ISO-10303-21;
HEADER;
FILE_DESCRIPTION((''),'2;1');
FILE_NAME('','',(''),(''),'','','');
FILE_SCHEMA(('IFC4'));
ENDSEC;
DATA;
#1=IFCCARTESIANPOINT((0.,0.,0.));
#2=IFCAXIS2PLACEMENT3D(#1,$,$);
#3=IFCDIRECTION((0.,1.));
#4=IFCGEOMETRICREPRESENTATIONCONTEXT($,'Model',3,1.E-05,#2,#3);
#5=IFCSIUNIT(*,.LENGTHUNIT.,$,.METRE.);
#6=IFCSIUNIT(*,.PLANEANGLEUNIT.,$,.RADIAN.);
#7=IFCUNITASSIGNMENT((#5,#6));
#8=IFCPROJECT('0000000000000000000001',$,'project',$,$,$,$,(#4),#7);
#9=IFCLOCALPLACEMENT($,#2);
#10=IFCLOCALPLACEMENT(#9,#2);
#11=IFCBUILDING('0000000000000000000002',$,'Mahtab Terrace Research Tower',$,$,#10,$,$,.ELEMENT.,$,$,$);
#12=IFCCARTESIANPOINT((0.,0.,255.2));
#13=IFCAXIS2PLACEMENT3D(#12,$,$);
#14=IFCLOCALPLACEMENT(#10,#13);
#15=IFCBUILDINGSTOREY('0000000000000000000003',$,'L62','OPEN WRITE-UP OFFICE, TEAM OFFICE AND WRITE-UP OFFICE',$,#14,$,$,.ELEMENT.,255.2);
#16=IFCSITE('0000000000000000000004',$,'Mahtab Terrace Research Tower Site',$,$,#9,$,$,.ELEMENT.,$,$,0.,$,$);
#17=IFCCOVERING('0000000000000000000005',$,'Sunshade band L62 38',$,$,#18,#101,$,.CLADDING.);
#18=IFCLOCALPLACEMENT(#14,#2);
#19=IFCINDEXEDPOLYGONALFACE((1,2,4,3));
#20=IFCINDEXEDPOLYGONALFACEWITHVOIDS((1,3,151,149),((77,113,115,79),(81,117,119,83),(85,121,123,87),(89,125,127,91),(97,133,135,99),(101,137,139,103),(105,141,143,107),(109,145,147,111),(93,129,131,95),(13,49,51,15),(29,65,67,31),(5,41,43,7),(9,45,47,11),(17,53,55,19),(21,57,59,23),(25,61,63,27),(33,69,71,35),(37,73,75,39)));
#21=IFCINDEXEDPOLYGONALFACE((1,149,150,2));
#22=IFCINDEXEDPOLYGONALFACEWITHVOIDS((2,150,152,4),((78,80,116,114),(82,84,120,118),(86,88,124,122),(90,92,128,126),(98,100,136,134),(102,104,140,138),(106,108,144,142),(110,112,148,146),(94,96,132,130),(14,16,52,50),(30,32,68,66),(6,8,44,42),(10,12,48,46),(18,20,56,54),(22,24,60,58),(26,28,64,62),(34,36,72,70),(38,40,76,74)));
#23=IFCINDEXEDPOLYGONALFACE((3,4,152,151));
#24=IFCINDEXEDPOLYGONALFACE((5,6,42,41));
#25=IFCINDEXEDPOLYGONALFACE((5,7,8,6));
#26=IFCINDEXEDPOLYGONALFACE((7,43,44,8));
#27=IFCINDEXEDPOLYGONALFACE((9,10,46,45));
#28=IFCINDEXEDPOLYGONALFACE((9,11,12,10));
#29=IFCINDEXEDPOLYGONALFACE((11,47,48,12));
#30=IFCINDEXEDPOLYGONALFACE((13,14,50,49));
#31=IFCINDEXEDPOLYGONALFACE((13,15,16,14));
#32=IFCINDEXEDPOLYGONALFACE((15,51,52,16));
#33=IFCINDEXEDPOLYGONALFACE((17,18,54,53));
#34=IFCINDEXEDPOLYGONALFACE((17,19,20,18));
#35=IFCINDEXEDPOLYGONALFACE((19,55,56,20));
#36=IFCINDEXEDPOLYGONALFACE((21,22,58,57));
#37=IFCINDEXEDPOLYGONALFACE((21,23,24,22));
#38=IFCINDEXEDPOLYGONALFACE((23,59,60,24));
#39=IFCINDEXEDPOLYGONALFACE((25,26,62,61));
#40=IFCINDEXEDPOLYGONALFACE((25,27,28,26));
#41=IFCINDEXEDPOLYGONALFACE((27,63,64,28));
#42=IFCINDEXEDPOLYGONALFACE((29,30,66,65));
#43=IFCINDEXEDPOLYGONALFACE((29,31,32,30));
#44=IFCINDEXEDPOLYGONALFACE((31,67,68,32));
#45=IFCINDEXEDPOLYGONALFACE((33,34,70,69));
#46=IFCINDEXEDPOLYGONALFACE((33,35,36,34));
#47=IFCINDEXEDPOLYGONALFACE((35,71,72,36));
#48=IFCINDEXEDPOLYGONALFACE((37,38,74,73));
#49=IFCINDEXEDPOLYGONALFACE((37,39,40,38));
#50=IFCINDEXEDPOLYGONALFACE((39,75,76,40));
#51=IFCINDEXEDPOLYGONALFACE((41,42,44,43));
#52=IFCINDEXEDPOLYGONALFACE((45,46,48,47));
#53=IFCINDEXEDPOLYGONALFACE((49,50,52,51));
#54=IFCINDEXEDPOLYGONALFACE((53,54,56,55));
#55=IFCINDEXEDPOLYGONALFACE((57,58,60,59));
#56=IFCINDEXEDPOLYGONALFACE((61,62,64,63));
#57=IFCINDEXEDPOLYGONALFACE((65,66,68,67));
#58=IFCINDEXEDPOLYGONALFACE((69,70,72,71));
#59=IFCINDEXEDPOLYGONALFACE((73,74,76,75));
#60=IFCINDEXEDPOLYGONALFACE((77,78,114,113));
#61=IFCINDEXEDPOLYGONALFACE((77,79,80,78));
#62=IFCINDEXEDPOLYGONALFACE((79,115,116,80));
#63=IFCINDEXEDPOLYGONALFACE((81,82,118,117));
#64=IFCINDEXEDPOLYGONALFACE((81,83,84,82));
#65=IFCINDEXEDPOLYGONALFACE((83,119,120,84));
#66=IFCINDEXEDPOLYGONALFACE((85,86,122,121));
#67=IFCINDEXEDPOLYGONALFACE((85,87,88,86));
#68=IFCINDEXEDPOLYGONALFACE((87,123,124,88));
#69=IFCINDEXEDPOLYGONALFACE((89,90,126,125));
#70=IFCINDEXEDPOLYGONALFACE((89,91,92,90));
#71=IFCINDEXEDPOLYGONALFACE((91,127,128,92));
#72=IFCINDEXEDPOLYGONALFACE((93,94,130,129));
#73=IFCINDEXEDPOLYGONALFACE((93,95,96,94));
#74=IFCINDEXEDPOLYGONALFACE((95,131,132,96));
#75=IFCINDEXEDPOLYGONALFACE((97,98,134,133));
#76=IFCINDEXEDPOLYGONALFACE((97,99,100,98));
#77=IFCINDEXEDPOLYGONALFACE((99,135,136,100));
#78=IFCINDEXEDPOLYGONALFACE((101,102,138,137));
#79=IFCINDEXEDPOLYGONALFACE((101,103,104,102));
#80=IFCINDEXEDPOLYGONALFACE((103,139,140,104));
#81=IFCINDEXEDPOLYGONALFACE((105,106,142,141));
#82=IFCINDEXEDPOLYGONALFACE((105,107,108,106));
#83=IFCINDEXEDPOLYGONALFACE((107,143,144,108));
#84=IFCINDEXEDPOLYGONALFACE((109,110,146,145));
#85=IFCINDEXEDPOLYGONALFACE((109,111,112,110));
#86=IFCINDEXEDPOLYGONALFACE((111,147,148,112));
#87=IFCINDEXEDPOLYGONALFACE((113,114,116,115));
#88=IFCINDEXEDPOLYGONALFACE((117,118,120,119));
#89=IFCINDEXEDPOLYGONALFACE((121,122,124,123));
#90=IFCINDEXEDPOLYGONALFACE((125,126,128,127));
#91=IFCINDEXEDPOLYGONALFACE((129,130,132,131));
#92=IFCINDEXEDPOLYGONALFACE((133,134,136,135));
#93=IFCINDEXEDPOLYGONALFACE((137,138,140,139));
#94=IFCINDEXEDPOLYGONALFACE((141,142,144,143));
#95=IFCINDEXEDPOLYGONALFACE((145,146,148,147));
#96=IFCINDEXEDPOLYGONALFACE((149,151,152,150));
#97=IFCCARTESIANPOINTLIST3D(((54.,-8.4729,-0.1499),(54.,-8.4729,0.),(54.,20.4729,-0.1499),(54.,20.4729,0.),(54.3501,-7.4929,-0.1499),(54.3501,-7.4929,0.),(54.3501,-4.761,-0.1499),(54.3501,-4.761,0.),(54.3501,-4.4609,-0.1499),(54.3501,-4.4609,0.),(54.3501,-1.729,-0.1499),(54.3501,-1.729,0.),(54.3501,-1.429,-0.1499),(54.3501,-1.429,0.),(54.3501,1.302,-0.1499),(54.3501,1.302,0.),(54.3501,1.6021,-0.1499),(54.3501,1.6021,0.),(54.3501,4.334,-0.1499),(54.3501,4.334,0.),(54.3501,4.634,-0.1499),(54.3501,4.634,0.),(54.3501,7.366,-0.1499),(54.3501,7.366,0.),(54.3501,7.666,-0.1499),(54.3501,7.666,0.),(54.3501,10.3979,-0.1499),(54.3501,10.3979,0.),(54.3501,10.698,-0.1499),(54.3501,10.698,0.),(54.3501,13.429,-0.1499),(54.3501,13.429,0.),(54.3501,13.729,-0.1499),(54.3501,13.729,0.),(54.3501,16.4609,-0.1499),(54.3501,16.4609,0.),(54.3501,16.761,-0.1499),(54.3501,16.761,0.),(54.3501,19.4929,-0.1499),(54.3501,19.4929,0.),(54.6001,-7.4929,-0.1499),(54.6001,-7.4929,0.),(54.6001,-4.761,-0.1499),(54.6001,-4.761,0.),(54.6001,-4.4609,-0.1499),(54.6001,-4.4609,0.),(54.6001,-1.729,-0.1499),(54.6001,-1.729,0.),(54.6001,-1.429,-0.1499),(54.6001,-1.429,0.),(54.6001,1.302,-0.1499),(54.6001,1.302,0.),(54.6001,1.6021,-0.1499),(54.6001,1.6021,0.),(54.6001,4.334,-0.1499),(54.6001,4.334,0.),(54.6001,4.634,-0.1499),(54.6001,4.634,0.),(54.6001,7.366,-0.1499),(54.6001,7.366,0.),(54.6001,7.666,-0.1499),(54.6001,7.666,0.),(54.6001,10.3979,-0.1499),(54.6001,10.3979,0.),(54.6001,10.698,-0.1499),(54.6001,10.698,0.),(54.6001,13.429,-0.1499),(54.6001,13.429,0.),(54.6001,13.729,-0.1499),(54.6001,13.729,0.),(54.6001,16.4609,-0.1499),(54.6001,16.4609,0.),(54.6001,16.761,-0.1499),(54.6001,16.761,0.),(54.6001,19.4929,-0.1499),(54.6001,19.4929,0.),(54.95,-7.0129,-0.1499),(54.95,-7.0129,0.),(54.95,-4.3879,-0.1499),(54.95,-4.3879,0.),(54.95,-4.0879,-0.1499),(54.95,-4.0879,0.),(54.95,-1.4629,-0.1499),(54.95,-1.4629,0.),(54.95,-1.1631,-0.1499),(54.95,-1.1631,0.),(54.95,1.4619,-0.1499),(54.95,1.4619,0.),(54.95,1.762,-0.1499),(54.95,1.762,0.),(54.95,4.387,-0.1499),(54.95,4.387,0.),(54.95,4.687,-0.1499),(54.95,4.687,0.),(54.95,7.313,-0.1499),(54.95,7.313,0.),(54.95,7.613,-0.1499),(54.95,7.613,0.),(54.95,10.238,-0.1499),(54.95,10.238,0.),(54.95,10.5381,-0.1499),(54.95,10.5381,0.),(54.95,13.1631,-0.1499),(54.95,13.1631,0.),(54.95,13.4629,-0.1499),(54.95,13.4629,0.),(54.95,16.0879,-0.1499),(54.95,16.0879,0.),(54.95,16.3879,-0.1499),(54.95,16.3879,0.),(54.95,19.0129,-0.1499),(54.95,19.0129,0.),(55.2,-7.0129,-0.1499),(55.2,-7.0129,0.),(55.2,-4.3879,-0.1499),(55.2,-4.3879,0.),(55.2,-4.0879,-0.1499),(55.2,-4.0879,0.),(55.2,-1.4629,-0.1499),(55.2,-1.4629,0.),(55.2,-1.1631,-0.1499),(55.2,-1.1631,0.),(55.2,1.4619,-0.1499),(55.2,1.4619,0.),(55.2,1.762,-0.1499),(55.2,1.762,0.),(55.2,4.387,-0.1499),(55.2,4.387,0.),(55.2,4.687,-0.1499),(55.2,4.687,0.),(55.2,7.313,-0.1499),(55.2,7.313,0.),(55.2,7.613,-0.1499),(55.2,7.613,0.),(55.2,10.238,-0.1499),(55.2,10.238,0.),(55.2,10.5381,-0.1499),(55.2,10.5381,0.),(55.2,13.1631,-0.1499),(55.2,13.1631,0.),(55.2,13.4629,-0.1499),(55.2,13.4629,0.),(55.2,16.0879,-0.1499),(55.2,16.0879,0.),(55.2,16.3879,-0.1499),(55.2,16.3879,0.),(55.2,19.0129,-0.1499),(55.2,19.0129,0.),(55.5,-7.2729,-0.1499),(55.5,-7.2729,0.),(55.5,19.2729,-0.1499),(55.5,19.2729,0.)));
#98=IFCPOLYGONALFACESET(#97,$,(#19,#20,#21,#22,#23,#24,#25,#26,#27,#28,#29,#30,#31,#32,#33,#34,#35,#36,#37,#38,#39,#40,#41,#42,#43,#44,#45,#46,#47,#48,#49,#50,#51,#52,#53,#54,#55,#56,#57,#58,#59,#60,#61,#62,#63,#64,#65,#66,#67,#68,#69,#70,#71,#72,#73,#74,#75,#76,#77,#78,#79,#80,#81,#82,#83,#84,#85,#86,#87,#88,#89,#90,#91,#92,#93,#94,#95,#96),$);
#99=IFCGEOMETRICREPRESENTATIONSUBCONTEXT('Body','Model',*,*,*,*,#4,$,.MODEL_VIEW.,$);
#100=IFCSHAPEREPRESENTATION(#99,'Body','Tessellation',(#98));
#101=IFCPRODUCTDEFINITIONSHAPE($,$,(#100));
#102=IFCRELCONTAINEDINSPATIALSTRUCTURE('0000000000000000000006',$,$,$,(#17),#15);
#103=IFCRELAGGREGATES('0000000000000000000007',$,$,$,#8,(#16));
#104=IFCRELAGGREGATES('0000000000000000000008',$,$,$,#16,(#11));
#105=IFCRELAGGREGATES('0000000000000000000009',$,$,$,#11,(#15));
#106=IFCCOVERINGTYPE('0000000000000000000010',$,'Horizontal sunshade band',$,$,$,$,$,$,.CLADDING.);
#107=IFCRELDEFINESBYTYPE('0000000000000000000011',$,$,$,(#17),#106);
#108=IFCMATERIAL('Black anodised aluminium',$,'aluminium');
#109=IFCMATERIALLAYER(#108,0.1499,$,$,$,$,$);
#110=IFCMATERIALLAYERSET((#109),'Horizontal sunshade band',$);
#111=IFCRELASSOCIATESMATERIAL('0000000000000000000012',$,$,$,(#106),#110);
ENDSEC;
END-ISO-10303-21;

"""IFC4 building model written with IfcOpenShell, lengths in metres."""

from ifc_helpers import new_model, si_unit, direction, frame, origin, place, context, subcontext, project, spatial, polyline, outline, extrude, material, layer, layer_set, type_object, element, save


model = new_model("IFC4")

# Units and contexts
model_context = context("Model", 3, precision=1e-05, world=origin(), true_north=direction((0.0, 1.0)))
body_context = subcontext(model_context, "Body", "Model", "MODEL_VIEW")
ifc_project = project(units=[si_unit("LENGTHUNIT", "METRE"), si_unit("PLANEANGLEUNIT", "RADIAN")], contexts=[model_context])

# Site, building, storey
site_placement = place(None, origin())
site = spatial("IfcSite", under=ifc_project, at=site_placement, Name="Mahtab Terrace Research Tower Site", CompositionType="ELEMENT", RefElevation=0.0)
building_placement = place(site_placement, origin())
building = spatial("IfcBuilding", under=site, at=building_placement, Name="Mahtab Terrace Research Tower", CompositionType="ELEMENT")
storey_placement = place(building_placement, frame((0.0, 0.0, 255.2)))
storey = spatial("IfcBuildingStorey", under=building, at=storey_placement, Name="L62", Description="OPEN WRITE-UP OFFICE, TEAM OFFICE AND WRITE-UP OFFICE", CompositionType="ELEMENT", Elevation=255.2)

# Covering
ifc_material_1 = material(Name="Black anodised aluminium", Category="aluminium")
ifc_layer_1 = layer(ifc_material_1, 0.1499)
ifc_layer_set_1 = layer_set([ifc_layer_1], Name="Horizontal sunshade band")
covering_type_1 = type_object("IfcCoveringType", Name="Horizontal sunshade band", PredefinedType="CLADDING", material=ifc_layer_set_1)
covering_1_placement = place(storey_placement, frame((0.0, 0.0, -0.1499)))
element("IfcCovering", 1, at=covering_1_placement, inside=storey, type_object=covering_type_1, Name="Sunshade band L62 38", PredefinedType="CLADDING", context=body_context, shape_type="SweptSolid", body=[
    extrude(outline(polyline([(54.0, -8.4729), (54.0, 20.4729), (55.5, 19.2729), (55.5, -7.2729), (54.0, -8.4729)]), holes=[polyline([(54.3501, -7.4929), (54.3501, -4.761), (54.6001, -4.761), (54.6001, -7.4929), (54.3501, -7.4929)]), polyline([(54.3501, -4.4609), (54.3501, -1.729), (54.6001, -1.729), (54.6001, -4.4609), (54.3501, -4.4609)]), polyline([(54.3501, -1.429), (54.3501, 1.302), (54.6001, 1.302), (54.6001, -1.429), (54.3501, -1.429)]), polyline([(54.3501, 1.6021), (54.3501, 4.334), (54.6001, 4.334), (54.6001, 1.6021), (54.3501, 1.6021)]), polyline([(54.3501, 4.634), (54.3501, 7.366), (54.6001, 7.366), (54.6001, 4.634), (54.3501, 4.634)]), polyline([(54.3501, 7.666), (54.3501, 10.3979), (54.6001, 10.3979), (54.6001, 7.666), (54.3501, 7.666)]), polyline([(54.3501, 10.698), (54.3501, 13.429), (54.6001, 13.429), (54.6001, 10.698), (54.3501, 10.698)]), polyline([(54.3501, 13.729), (54.3501, 16.4609), (54.6001, 16.4609), (54.6001, 13.729), (54.3501, 13.729)]), polyline([(54.3501, 16.761), (54.3501, 19.4929), (54.6001, 19.4929), (54.6001, 16.761), (54.3501, 16.761)]), polyline([(54.95, -7.0129), (54.95, -4.3879), (55.2, -4.3879), (55.2, -7.0129), (54.95, -7.0129)]), polyline([(54.95, -4.0879), (54.95, -1.4629), (55.2, -1.4629), (55.2, -4.0879), (54.95, -4.0879)]), polyline([(54.95, -1.1631), (54.95, 1.4619), (55.2, 1.4619), (55.2, -1.1631), (54.95, -1.1631)]), polyline([(54.95, 1.762), (54.95, 4.387), (55.2, 4.387), (55.2, 1.762), (54.95, 1.762)]), polyline([(54.95, 4.687), (54.95, 7.313), (55.2, 7.313), (55.2, 4.687), (54.95, 4.687)]), polyline([(54.95, 7.613), (54.95, 10.238), (55.2, 10.238), (55.2, 7.613), (54.95, 7.613)]), polyline([(54.95, 10.5381), (54.95, 13.1631), (55.2, 13.1631), (55.2, 10.5381), (54.95, 10.5381)]), polyline([(54.95, 13.4629), (54.95, 16.0879), (55.2, 16.0879), (55.2, 13.4629), (54.95, 13.4629)]), polyline([(54.95, 16.3879), (54.95, 19.0129), (55.2, 19.0129), (55.2, 16.3879), (54.95, 16.3879)])]), origin(), (0.0, 0.0, 1.0), 0.1499),
])

save(model, "model.ifc")
